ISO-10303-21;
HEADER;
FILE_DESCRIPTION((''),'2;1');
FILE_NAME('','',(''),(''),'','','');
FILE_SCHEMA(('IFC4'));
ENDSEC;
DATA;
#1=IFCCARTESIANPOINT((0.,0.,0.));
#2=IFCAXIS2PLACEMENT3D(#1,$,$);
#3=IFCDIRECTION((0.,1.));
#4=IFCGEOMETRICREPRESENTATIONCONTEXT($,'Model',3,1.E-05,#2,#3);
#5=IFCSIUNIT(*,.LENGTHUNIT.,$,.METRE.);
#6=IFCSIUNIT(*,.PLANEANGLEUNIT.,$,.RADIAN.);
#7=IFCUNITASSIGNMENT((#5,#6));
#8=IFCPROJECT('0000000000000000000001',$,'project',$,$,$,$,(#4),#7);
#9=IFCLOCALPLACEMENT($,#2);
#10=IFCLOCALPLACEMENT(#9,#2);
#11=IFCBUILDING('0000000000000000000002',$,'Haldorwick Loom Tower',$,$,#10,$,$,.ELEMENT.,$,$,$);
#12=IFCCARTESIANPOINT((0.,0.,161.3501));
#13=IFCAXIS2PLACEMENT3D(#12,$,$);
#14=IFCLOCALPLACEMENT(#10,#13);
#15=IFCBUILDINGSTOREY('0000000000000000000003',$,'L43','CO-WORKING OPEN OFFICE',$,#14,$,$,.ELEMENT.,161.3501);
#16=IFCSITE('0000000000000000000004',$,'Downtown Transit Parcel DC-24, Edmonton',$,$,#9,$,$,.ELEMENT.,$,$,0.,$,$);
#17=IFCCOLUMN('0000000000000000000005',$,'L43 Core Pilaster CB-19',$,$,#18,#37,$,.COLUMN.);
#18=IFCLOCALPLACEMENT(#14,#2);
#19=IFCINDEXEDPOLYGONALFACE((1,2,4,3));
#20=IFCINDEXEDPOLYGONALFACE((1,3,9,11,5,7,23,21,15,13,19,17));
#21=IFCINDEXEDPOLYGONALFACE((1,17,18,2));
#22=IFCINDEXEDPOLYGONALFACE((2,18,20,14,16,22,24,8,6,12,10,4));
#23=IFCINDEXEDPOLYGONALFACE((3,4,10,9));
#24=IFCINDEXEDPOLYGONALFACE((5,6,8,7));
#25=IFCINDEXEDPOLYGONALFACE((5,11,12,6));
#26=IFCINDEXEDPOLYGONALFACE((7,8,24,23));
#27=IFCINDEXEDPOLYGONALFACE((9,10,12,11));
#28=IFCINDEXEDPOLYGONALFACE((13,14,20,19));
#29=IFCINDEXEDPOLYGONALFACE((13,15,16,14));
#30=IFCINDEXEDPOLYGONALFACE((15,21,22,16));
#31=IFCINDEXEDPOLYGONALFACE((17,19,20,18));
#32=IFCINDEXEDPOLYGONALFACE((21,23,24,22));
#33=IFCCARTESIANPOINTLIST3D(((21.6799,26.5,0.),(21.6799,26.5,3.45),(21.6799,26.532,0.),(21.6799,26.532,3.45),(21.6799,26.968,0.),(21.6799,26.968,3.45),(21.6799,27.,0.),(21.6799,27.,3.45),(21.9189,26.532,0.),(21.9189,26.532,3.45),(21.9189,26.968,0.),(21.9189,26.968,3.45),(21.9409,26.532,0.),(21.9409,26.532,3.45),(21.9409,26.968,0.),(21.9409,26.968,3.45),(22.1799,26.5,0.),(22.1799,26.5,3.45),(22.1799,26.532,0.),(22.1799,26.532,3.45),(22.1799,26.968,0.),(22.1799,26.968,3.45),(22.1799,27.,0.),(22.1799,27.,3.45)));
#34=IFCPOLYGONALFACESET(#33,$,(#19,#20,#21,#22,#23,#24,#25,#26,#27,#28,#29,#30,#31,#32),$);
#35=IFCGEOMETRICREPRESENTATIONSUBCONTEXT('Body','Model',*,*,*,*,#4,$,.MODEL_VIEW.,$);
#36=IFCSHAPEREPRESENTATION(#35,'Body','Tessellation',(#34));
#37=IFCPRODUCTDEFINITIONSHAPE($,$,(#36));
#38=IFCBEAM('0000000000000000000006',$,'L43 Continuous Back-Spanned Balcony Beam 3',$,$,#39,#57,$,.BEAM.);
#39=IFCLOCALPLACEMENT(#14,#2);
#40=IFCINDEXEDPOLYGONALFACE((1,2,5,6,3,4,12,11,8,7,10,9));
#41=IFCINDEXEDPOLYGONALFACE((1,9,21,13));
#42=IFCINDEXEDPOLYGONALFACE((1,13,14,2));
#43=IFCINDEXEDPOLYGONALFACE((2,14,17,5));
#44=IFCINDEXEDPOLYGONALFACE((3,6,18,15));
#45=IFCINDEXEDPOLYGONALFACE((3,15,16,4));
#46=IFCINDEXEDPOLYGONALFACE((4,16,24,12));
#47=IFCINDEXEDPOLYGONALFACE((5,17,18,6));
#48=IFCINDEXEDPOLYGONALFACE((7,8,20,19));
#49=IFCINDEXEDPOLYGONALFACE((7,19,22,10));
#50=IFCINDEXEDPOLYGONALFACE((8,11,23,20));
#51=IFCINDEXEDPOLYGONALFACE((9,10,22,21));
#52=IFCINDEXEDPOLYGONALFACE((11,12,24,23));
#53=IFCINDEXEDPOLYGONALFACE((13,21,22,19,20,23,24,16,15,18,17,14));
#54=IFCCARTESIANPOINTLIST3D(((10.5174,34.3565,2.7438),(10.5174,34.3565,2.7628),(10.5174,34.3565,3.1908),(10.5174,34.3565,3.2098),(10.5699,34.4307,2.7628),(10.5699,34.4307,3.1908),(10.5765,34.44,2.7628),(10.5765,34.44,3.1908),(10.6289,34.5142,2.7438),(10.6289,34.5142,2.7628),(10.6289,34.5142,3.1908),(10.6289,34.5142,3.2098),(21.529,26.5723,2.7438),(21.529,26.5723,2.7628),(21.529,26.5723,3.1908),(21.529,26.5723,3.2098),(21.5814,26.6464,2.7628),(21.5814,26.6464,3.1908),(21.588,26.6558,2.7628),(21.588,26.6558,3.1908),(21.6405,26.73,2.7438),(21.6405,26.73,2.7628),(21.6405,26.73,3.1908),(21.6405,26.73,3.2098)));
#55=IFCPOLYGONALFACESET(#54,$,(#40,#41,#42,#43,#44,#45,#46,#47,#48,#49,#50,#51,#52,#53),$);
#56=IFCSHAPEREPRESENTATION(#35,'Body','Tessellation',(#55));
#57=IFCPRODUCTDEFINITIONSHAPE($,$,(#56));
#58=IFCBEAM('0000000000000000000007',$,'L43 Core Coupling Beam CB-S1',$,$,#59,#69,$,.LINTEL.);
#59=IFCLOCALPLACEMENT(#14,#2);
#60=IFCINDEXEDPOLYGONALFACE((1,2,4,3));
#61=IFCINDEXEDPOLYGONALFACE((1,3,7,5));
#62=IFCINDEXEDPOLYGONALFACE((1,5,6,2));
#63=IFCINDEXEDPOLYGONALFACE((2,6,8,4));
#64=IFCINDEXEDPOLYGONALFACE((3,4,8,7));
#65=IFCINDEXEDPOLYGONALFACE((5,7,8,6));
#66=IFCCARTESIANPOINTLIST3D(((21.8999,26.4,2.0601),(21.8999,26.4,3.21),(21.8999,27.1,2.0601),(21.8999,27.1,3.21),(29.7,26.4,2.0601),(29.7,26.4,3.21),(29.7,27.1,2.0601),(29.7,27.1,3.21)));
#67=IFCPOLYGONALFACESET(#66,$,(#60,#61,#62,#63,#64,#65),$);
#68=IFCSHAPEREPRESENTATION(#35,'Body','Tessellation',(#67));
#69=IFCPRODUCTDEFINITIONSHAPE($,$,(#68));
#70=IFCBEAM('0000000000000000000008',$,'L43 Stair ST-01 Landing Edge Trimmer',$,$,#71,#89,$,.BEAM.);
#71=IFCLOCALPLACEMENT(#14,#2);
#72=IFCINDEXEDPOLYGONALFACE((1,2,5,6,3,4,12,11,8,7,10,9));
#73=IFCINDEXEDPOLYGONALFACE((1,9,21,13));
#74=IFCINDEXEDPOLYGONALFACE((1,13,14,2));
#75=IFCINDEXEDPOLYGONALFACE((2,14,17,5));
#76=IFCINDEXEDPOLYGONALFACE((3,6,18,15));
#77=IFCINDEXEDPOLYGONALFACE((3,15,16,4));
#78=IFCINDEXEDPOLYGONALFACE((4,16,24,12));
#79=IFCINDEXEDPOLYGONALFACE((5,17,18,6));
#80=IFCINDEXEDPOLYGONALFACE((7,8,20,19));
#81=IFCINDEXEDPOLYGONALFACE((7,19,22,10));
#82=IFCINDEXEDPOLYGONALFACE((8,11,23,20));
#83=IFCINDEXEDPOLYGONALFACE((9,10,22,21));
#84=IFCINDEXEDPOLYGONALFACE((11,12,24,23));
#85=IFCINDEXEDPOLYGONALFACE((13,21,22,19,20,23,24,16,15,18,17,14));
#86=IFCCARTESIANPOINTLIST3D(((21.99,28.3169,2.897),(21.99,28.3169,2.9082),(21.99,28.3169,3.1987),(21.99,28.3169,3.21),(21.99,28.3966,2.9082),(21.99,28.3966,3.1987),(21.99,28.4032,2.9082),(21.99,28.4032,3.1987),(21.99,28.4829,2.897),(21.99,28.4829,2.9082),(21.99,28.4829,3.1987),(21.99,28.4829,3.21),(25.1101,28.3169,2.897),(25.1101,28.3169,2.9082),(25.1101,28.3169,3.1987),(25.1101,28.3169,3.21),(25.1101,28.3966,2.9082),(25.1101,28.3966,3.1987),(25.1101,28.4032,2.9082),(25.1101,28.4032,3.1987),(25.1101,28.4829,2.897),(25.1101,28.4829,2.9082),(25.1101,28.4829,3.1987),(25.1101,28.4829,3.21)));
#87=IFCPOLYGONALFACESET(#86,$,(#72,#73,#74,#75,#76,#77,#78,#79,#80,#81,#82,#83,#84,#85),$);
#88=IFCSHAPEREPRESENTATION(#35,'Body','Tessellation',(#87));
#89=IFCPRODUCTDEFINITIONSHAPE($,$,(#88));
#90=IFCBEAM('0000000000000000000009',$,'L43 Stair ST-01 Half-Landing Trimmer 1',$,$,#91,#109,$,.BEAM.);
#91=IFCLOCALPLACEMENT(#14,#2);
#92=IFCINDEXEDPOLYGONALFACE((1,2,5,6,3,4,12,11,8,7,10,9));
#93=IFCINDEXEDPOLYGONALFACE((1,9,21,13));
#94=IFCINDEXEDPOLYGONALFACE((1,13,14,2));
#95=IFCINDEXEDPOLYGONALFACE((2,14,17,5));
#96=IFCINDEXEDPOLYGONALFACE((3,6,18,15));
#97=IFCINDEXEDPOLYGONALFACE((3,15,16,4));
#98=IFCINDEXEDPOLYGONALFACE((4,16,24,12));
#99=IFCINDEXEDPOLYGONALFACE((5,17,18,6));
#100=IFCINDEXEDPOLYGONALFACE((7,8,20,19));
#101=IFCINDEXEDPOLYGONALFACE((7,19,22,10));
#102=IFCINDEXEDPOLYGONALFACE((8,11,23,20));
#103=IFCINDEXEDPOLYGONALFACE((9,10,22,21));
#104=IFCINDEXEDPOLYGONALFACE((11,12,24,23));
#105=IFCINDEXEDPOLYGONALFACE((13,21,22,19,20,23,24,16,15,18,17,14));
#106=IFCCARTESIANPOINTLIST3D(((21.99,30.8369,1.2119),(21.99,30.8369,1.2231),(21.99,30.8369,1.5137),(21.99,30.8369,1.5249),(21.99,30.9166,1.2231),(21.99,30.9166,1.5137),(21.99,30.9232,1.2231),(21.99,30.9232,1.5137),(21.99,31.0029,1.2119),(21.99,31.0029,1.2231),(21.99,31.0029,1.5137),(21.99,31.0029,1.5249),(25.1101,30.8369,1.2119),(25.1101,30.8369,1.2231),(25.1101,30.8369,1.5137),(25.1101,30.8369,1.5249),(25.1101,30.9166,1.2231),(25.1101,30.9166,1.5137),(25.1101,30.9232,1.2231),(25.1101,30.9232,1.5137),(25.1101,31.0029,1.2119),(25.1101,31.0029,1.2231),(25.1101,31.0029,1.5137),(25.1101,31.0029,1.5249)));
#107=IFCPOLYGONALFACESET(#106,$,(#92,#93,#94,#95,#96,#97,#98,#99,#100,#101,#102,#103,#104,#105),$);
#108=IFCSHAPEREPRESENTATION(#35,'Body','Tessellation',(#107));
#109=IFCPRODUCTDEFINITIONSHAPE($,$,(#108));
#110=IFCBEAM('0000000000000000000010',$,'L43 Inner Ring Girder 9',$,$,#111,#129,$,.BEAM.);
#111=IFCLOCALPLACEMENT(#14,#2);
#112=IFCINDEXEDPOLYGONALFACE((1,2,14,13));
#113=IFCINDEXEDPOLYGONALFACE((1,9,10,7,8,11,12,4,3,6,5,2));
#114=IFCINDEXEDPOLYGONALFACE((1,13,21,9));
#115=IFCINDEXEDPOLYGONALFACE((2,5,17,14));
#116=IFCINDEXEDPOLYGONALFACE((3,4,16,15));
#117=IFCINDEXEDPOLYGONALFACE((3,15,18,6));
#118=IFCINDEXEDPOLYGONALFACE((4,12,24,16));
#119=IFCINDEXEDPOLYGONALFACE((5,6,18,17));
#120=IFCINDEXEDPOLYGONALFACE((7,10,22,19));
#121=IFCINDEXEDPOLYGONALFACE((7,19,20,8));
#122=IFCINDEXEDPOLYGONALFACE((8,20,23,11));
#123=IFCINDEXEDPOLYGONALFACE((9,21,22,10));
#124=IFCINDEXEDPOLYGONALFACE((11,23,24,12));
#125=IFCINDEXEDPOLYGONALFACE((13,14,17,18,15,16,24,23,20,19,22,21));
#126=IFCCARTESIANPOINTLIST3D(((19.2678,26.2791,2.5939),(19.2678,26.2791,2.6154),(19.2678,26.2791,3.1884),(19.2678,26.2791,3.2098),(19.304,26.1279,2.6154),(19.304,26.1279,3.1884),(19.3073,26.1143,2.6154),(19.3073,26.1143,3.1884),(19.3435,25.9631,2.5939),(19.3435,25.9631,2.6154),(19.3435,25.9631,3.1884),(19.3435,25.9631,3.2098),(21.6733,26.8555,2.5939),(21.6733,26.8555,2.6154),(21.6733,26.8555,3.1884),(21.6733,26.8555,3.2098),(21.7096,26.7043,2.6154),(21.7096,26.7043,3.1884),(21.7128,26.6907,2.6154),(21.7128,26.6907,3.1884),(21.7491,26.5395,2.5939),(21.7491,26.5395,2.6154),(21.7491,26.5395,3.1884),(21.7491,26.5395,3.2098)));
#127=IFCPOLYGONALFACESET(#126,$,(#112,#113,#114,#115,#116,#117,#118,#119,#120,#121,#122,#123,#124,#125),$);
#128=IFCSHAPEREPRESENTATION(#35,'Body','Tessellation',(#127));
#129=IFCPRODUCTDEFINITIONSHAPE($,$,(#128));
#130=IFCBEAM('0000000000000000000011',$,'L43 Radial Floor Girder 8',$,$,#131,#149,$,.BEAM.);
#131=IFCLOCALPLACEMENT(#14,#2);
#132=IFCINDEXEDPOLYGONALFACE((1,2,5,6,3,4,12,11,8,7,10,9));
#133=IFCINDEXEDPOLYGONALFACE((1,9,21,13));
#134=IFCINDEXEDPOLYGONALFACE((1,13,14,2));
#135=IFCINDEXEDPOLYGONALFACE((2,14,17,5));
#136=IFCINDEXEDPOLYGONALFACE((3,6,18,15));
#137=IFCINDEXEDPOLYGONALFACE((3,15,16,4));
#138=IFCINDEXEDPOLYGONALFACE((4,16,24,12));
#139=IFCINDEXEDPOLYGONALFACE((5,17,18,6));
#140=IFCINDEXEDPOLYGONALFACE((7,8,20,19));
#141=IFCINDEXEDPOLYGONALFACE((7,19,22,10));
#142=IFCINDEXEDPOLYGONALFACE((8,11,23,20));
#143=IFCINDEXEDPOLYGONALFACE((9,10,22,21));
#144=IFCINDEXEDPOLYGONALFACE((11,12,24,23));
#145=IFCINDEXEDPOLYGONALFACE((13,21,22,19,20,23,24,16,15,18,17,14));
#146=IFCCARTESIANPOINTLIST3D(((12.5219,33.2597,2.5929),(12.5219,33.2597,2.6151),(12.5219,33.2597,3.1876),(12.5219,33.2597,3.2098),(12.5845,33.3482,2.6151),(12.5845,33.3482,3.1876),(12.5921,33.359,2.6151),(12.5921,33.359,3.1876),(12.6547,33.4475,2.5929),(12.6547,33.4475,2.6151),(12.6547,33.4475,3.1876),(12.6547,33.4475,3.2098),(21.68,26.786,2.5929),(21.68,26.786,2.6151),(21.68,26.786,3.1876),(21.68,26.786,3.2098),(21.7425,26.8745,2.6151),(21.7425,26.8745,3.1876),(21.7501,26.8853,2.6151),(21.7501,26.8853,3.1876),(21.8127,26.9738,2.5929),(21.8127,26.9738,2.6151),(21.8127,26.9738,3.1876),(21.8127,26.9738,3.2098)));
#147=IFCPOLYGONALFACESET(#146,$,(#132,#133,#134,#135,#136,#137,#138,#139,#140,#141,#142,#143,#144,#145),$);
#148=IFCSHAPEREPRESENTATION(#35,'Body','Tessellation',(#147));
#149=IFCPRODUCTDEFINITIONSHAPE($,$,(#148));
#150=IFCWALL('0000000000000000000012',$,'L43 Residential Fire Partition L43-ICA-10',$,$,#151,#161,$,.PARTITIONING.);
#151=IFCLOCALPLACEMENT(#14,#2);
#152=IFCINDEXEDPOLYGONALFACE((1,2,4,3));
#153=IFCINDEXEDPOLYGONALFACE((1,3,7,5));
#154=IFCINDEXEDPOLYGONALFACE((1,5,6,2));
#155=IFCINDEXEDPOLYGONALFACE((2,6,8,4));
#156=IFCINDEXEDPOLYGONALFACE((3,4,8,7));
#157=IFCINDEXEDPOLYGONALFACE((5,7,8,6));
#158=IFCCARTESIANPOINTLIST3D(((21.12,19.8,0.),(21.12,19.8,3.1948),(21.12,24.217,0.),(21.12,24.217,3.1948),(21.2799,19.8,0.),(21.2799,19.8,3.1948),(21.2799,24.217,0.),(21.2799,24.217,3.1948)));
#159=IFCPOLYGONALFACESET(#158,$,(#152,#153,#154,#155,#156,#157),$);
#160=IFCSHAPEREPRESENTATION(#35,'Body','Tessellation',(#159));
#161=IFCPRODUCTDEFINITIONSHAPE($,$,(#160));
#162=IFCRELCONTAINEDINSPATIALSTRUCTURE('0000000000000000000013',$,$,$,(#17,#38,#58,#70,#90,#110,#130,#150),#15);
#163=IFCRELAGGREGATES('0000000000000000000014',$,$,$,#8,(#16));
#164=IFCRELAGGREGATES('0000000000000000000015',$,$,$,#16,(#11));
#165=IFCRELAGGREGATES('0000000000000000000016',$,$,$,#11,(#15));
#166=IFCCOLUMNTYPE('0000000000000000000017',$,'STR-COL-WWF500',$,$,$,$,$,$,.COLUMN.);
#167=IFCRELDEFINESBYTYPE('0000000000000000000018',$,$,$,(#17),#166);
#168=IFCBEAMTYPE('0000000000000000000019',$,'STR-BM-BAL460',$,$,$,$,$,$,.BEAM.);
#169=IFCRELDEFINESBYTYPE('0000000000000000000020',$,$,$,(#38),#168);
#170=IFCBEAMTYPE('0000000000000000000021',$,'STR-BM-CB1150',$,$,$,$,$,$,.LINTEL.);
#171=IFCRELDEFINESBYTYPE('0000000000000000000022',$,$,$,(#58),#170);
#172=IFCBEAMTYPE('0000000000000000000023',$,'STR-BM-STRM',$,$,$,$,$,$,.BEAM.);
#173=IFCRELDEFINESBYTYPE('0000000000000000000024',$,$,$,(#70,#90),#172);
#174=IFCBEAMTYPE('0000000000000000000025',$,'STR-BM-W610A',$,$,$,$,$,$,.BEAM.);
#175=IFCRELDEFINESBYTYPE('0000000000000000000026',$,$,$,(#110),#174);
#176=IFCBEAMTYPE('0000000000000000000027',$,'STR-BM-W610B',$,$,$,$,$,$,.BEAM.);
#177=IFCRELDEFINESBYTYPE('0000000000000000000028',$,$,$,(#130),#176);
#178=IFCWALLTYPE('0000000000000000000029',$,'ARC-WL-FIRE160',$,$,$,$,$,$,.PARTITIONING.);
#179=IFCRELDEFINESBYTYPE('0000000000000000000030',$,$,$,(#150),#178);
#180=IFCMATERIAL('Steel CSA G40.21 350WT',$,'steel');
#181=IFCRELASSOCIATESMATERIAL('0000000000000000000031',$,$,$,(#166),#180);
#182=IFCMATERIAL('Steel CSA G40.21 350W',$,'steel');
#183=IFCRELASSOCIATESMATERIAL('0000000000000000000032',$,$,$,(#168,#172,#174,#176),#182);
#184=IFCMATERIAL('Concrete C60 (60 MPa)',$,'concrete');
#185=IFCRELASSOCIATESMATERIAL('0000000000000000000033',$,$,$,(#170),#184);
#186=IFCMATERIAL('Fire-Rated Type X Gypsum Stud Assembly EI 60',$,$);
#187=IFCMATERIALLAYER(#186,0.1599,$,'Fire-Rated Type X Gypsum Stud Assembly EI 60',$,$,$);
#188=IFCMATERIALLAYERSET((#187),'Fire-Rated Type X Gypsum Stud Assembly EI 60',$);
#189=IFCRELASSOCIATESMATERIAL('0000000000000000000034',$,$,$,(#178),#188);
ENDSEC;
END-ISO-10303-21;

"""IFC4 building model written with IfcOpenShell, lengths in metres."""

from ifc_helpers import new_model, si_unit, direction, frame, frame_2d, origin, origin_2d, place, context, subcontext, project, spatial, rectangle, i_section, extrude, material, layer, layer_set, material_profile, profile_set, type_object, element, save


model = new_model("IFC4")

# Units and contexts
model_context = context("Model", 3, precision=1e-05, world=origin(), true_north=direction((0.0, 1.0)))
body_context = subcontext(model_context, "Body", "Model", "MODEL_VIEW")
ifc_project = project(units=[si_unit("LENGTHUNIT", "METRE"), si_unit("PLANEANGLEUNIT", "RADIAN")], contexts=[model_context])

# Site, building, storey
site_placement = place(None, origin())
site = spatial("IfcSite", under=ifc_project, at=site_placement, Name="Downtown Transit Parcel DC-24, Edmonton", CompositionType="ELEMENT", RefElevation=0.0)
building_placement = place(site_placement, origin())
building = spatial("IfcBuilding", under=site, at=building_placement, Name="Haldorwick Loom Tower", CompositionType="ELEMENT")
storey_placement = place(building_placement, frame((0.0, 0.0, 161.3501)))
storey = spatial("IfcBuildingStorey", under=building, at=storey_placement, Name="L43", Description="CO-WORKING OPEN OFFICE", CompositionType="ELEMENT", Elevation=161.3501)

# Column
ifc_material_1 = material(Name="Steel CSA G40.21 350WT", Category="steel")
ifc_material_profile_1 = material_profile(ifc_material_1, i_section(OverallWidth=0.5, OverallDepth=0.5, WebThickness=0.022, FlangeThickness=0.032, at=origin_2d()), Name="WWF500X500", Category="steel")
ifc_profile_set_1 = profile_set([ifc_material_profile_1], Name="Steel CSA G40.21 350WT")
column_type = type_object("IfcColumnType", Name="STR-COL-WWF500", PredefinedType="COLUMN", material=ifc_profile_set_1)
column_placement = place(storey_placement, frame((21.9299, 26.75, 0.0), z_axis=(0.0, 0.0, 1.0), x_axis=(1.0, 0.0, 0.0)))
element("IfcColumn", 1, at=column_placement, inside=storey, type_object=column_type, Name="L43 Core Pilaster CB-19", PredefinedType="COLUMN", context=body_context, shape_type="SweptSolid", body=[
    extrude(i_section(OverallWidth=0.5, OverallDepth=0.5, WebThickness=0.022, FlangeThickness=0.032, at=origin_2d()), origin(), (0.0, 0.0, 1.0), 3.45),
])

# Beams
ifc_material_2 = material(Name="Steel CSA G40.21 350W", Category="steel")
ifc_material_profile_2 = material_profile(ifc_material_2, i_section(OverallWidth=0.1931, OverallDepth=0.4661, WebThickness=0.0115, FlangeThickness=0.019, at=origin_2d()), Name="W460X97", Category="steel")
ifc_profile_set_2 = profile_set([ifc_material_profile_2], Name="Steel CSA G40.21 350W")
beam_type_1 = type_object("IfcBeamType", Name="STR-BM-BAL460", PredefinedType="BEAM", material=ifc_profile_set_2)
beam_1_placement = place(storey_placement, frame((21.5847, 26.6511, 2.9768), z_axis=(-0.81657, 0.577246, 0.0), x_axis=(-0.577246, -0.81657, 0.0)))
element("IfcBeam", 2, at=beam_1_placement, inside=storey, type_object=beam_type_1, Name="L43 Continuous Back-Spanned Balcony Beam 3", PredefinedType="BEAM", context=body_context, shape_type="SweptSolid", body=[
    extrude(i_section(OverallWidth=0.1931, OverallDepth=0.4661, WebThickness=0.0115, FlangeThickness=0.019, at=origin_2d()), origin(), (0.0, 0.0, 1.0), 13.4851),
])
ifc_material_3 = material(Name="Concrete C60 (60 MPa)", Category="concrete")
ifc_material_profile_3 = material_profile(ifc_material_3, rectangle(XDim=0.7, YDim=1.1499, at=origin_2d()), Name="RC700X1150", Category="concrete")
ifc_profile_set_3 = profile_set([ifc_material_profile_3], Name="Concrete C60 (60 MPa)")
beam_type_2 = type_object("IfcBeamType", Name="STR-BM-CB1150", PredefinedType="LINTEL", material=ifc_profile_set_3)
beam_2_placement = place(storey_placement, frame((21.8999, 26.75, 2.635), z_axis=(1.0, 0.0, 0.0), x_axis=(0.0, 1.0, 0.0)))
element("IfcBeam", 3, at=beam_2_placement, inside=storey, type_object=beam_type_2, Name="L43 Core Coupling Beam CB-S1", PredefinedType="LINTEL", context=body_context, shape_type="SweptSolid", body=[
    extrude(rectangle(XDim=0.7, YDim=1.1499, at=origin_2d()), origin(), (0.0, 0.0, 1.0), 7.8),
])
ifc_material_profile_4 = material_profile(ifc_material_2, i_section(OverallWidth=0.166, OverallDepth=0.313, WebThickness=0.0066, FlangeThickness=0.0112, at=origin_2d()), Name="W310X45", Category="steel")
ifc_profile_set_4 = profile_set([ifc_material_profile_4], Name="Steel CSA G40.21 350W")
beam_type_3 = type_object("IfcBeamType", Name="STR-BM-STRM", PredefinedType="BEAM", material=ifc_profile_set_4)
for number, where, z_axis, x_axis, name in (
    (4, (21.99, 28.3999, 3.0535), (1.0, 0.0, 0.0), (0.0, 1.0, 0.0), "L43 Stair ST-01 Landing Edge Trimmer"),
    (5, (21.99, 30.9199, 1.3684), (1.0, 0.0, 0.0), (0.0, 1.0, 0.0), "L43 Stair ST-01 Half-Landing Trimmer 1"),
):
    element("IfcBeam", number, at=place(storey_placement, frame(where, z_axis=z_axis, x_axis=x_axis)), inside=storey, type_object=beam_type_3, Name=name, PredefinedType="BEAM", context=body_context, shape_type="SweptSolid", body=[
        extrude(i_section(OverallWidth=0.166, OverallDepth=0.313, WebThickness=0.0066, FlangeThickness=0.0112, at=origin_2d()), origin(), (0.0, 0.0, 1.0), 3.1201),
    ])
ifc_material_profile_5 = material_profile(ifc_material_2, i_section(OverallWidth=0.325, OverallDepth=0.616, WebThickness=0.0139, FlangeThickness=0.0215, at=origin_2d()), Name="W610X174", Category="steel")
ifc_profile_set_5 = profile_set([ifc_material_profile_5], Name="Steel CSA G40.21 350W")
beam_type_4 = type_object("IfcBeamType", Name="STR-BM-W610A", PredefinedType="BEAM", material=ifc_profile_set_5)
beam_3_placement = place(storey_placement, frame((19.3057, 26.1211, 2.9019), z_axis=(0.972471, 0.233026, 0.0), x_axis=(-0.233026, 0.972471, 0.0)))
element("IfcBeam", 6, at=beam_3_placement, inside=storey, type_object=beam_type_4, Name="L43 Inner Ring Girder 9", PredefinedType="BEAM", context=body_context, shape_type="SweptSolid", body=[
    extrude(i_section(OverallWidth=0.325, OverallDepth=0.616, WebThickness=0.0139, FlangeThickness=0.0215, at=origin_2d()), origin(), (0.0, 0.0, 1.0), 2.4736),
])
ifc_material_profile_6 = material_profile(ifc_material_2, i_section(OverallWidth=0.23, OverallDepth=0.6169, WebThickness=0.0132, FlangeThickness=0.0222, at=origin_2d()), Name="W610X140", Category="steel")
ifc_profile_set_6 = profile_set([ifc_material_profile_6], Name="Steel CSA G40.21 350W")
beam_type_5 = type_object("IfcBeamType", Name="STR-BM-W610B", PredefinedType="BEAM", material=ifc_profile_set_6)
beam_4_placement = place(storey_placement, frame((21.7463, 26.8799, 2.9014), z_axis=(-0.816582, 0.57723, 0.0), x_axis=(-0.57723, -0.816582, 0.0)))
element("IfcBeam", 7, at=beam_4_placement, inside=storey, type_object=beam_type_5, Name="L43 Radial Floor Girder 8", PredefinedType="BEAM", context=body_context, shape_type="SweptSolid", body=[
    extrude(i_section(OverallWidth=0.23, OverallDepth=0.6169, WebThickness=0.0132, FlangeThickness=0.0222, at=origin_2d()), origin(), (0.0, 0.0, 1.0), 11.2151),
])

# Wall
ifc_material_4 = material(Name="Fire-Rated Type X Gypsum Stud Assembly EI 60")
ifc_layer_1 = layer(ifc_material_4, 0.1599, Name="Fire-Rated Type X Gypsum Stud Assembly EI 60")
ifc_layer_set_1 = layer_set([ifc_layer_1], Name="Fire-Rated Type X Gypsum Stud Assembly EI 60")
wall_type_1 = type_object("IfcWallType", Name="ARC-WL-FIRE160", PredefinedType="PARTITIONING", material=ifc_layer_set_1)
wall_1_placement = place(storey_placement, frame((21.2, 24.217, 0.0), z_axis=(0.0, 0.0, 1.0), x_axis=(0.0, -1.0, 0.0)))
element("IfcWall", 8, at=wall_1_placement, inside=storey, type_object=wall_type_1, Name="L43 Residential Fire Partition L43-ICA-10", PredefinedType="PARTITIONING", context=body_context, shape_type="SweptSolid", body=[
    extrude(rectangle(XDim=4.417, YDim=0.1599, at=frame_2d((2.2085, 0.0))), origin(), (0.0, 0.0, 1.0), 3.1948),
])

save(model, "model.ifc")
